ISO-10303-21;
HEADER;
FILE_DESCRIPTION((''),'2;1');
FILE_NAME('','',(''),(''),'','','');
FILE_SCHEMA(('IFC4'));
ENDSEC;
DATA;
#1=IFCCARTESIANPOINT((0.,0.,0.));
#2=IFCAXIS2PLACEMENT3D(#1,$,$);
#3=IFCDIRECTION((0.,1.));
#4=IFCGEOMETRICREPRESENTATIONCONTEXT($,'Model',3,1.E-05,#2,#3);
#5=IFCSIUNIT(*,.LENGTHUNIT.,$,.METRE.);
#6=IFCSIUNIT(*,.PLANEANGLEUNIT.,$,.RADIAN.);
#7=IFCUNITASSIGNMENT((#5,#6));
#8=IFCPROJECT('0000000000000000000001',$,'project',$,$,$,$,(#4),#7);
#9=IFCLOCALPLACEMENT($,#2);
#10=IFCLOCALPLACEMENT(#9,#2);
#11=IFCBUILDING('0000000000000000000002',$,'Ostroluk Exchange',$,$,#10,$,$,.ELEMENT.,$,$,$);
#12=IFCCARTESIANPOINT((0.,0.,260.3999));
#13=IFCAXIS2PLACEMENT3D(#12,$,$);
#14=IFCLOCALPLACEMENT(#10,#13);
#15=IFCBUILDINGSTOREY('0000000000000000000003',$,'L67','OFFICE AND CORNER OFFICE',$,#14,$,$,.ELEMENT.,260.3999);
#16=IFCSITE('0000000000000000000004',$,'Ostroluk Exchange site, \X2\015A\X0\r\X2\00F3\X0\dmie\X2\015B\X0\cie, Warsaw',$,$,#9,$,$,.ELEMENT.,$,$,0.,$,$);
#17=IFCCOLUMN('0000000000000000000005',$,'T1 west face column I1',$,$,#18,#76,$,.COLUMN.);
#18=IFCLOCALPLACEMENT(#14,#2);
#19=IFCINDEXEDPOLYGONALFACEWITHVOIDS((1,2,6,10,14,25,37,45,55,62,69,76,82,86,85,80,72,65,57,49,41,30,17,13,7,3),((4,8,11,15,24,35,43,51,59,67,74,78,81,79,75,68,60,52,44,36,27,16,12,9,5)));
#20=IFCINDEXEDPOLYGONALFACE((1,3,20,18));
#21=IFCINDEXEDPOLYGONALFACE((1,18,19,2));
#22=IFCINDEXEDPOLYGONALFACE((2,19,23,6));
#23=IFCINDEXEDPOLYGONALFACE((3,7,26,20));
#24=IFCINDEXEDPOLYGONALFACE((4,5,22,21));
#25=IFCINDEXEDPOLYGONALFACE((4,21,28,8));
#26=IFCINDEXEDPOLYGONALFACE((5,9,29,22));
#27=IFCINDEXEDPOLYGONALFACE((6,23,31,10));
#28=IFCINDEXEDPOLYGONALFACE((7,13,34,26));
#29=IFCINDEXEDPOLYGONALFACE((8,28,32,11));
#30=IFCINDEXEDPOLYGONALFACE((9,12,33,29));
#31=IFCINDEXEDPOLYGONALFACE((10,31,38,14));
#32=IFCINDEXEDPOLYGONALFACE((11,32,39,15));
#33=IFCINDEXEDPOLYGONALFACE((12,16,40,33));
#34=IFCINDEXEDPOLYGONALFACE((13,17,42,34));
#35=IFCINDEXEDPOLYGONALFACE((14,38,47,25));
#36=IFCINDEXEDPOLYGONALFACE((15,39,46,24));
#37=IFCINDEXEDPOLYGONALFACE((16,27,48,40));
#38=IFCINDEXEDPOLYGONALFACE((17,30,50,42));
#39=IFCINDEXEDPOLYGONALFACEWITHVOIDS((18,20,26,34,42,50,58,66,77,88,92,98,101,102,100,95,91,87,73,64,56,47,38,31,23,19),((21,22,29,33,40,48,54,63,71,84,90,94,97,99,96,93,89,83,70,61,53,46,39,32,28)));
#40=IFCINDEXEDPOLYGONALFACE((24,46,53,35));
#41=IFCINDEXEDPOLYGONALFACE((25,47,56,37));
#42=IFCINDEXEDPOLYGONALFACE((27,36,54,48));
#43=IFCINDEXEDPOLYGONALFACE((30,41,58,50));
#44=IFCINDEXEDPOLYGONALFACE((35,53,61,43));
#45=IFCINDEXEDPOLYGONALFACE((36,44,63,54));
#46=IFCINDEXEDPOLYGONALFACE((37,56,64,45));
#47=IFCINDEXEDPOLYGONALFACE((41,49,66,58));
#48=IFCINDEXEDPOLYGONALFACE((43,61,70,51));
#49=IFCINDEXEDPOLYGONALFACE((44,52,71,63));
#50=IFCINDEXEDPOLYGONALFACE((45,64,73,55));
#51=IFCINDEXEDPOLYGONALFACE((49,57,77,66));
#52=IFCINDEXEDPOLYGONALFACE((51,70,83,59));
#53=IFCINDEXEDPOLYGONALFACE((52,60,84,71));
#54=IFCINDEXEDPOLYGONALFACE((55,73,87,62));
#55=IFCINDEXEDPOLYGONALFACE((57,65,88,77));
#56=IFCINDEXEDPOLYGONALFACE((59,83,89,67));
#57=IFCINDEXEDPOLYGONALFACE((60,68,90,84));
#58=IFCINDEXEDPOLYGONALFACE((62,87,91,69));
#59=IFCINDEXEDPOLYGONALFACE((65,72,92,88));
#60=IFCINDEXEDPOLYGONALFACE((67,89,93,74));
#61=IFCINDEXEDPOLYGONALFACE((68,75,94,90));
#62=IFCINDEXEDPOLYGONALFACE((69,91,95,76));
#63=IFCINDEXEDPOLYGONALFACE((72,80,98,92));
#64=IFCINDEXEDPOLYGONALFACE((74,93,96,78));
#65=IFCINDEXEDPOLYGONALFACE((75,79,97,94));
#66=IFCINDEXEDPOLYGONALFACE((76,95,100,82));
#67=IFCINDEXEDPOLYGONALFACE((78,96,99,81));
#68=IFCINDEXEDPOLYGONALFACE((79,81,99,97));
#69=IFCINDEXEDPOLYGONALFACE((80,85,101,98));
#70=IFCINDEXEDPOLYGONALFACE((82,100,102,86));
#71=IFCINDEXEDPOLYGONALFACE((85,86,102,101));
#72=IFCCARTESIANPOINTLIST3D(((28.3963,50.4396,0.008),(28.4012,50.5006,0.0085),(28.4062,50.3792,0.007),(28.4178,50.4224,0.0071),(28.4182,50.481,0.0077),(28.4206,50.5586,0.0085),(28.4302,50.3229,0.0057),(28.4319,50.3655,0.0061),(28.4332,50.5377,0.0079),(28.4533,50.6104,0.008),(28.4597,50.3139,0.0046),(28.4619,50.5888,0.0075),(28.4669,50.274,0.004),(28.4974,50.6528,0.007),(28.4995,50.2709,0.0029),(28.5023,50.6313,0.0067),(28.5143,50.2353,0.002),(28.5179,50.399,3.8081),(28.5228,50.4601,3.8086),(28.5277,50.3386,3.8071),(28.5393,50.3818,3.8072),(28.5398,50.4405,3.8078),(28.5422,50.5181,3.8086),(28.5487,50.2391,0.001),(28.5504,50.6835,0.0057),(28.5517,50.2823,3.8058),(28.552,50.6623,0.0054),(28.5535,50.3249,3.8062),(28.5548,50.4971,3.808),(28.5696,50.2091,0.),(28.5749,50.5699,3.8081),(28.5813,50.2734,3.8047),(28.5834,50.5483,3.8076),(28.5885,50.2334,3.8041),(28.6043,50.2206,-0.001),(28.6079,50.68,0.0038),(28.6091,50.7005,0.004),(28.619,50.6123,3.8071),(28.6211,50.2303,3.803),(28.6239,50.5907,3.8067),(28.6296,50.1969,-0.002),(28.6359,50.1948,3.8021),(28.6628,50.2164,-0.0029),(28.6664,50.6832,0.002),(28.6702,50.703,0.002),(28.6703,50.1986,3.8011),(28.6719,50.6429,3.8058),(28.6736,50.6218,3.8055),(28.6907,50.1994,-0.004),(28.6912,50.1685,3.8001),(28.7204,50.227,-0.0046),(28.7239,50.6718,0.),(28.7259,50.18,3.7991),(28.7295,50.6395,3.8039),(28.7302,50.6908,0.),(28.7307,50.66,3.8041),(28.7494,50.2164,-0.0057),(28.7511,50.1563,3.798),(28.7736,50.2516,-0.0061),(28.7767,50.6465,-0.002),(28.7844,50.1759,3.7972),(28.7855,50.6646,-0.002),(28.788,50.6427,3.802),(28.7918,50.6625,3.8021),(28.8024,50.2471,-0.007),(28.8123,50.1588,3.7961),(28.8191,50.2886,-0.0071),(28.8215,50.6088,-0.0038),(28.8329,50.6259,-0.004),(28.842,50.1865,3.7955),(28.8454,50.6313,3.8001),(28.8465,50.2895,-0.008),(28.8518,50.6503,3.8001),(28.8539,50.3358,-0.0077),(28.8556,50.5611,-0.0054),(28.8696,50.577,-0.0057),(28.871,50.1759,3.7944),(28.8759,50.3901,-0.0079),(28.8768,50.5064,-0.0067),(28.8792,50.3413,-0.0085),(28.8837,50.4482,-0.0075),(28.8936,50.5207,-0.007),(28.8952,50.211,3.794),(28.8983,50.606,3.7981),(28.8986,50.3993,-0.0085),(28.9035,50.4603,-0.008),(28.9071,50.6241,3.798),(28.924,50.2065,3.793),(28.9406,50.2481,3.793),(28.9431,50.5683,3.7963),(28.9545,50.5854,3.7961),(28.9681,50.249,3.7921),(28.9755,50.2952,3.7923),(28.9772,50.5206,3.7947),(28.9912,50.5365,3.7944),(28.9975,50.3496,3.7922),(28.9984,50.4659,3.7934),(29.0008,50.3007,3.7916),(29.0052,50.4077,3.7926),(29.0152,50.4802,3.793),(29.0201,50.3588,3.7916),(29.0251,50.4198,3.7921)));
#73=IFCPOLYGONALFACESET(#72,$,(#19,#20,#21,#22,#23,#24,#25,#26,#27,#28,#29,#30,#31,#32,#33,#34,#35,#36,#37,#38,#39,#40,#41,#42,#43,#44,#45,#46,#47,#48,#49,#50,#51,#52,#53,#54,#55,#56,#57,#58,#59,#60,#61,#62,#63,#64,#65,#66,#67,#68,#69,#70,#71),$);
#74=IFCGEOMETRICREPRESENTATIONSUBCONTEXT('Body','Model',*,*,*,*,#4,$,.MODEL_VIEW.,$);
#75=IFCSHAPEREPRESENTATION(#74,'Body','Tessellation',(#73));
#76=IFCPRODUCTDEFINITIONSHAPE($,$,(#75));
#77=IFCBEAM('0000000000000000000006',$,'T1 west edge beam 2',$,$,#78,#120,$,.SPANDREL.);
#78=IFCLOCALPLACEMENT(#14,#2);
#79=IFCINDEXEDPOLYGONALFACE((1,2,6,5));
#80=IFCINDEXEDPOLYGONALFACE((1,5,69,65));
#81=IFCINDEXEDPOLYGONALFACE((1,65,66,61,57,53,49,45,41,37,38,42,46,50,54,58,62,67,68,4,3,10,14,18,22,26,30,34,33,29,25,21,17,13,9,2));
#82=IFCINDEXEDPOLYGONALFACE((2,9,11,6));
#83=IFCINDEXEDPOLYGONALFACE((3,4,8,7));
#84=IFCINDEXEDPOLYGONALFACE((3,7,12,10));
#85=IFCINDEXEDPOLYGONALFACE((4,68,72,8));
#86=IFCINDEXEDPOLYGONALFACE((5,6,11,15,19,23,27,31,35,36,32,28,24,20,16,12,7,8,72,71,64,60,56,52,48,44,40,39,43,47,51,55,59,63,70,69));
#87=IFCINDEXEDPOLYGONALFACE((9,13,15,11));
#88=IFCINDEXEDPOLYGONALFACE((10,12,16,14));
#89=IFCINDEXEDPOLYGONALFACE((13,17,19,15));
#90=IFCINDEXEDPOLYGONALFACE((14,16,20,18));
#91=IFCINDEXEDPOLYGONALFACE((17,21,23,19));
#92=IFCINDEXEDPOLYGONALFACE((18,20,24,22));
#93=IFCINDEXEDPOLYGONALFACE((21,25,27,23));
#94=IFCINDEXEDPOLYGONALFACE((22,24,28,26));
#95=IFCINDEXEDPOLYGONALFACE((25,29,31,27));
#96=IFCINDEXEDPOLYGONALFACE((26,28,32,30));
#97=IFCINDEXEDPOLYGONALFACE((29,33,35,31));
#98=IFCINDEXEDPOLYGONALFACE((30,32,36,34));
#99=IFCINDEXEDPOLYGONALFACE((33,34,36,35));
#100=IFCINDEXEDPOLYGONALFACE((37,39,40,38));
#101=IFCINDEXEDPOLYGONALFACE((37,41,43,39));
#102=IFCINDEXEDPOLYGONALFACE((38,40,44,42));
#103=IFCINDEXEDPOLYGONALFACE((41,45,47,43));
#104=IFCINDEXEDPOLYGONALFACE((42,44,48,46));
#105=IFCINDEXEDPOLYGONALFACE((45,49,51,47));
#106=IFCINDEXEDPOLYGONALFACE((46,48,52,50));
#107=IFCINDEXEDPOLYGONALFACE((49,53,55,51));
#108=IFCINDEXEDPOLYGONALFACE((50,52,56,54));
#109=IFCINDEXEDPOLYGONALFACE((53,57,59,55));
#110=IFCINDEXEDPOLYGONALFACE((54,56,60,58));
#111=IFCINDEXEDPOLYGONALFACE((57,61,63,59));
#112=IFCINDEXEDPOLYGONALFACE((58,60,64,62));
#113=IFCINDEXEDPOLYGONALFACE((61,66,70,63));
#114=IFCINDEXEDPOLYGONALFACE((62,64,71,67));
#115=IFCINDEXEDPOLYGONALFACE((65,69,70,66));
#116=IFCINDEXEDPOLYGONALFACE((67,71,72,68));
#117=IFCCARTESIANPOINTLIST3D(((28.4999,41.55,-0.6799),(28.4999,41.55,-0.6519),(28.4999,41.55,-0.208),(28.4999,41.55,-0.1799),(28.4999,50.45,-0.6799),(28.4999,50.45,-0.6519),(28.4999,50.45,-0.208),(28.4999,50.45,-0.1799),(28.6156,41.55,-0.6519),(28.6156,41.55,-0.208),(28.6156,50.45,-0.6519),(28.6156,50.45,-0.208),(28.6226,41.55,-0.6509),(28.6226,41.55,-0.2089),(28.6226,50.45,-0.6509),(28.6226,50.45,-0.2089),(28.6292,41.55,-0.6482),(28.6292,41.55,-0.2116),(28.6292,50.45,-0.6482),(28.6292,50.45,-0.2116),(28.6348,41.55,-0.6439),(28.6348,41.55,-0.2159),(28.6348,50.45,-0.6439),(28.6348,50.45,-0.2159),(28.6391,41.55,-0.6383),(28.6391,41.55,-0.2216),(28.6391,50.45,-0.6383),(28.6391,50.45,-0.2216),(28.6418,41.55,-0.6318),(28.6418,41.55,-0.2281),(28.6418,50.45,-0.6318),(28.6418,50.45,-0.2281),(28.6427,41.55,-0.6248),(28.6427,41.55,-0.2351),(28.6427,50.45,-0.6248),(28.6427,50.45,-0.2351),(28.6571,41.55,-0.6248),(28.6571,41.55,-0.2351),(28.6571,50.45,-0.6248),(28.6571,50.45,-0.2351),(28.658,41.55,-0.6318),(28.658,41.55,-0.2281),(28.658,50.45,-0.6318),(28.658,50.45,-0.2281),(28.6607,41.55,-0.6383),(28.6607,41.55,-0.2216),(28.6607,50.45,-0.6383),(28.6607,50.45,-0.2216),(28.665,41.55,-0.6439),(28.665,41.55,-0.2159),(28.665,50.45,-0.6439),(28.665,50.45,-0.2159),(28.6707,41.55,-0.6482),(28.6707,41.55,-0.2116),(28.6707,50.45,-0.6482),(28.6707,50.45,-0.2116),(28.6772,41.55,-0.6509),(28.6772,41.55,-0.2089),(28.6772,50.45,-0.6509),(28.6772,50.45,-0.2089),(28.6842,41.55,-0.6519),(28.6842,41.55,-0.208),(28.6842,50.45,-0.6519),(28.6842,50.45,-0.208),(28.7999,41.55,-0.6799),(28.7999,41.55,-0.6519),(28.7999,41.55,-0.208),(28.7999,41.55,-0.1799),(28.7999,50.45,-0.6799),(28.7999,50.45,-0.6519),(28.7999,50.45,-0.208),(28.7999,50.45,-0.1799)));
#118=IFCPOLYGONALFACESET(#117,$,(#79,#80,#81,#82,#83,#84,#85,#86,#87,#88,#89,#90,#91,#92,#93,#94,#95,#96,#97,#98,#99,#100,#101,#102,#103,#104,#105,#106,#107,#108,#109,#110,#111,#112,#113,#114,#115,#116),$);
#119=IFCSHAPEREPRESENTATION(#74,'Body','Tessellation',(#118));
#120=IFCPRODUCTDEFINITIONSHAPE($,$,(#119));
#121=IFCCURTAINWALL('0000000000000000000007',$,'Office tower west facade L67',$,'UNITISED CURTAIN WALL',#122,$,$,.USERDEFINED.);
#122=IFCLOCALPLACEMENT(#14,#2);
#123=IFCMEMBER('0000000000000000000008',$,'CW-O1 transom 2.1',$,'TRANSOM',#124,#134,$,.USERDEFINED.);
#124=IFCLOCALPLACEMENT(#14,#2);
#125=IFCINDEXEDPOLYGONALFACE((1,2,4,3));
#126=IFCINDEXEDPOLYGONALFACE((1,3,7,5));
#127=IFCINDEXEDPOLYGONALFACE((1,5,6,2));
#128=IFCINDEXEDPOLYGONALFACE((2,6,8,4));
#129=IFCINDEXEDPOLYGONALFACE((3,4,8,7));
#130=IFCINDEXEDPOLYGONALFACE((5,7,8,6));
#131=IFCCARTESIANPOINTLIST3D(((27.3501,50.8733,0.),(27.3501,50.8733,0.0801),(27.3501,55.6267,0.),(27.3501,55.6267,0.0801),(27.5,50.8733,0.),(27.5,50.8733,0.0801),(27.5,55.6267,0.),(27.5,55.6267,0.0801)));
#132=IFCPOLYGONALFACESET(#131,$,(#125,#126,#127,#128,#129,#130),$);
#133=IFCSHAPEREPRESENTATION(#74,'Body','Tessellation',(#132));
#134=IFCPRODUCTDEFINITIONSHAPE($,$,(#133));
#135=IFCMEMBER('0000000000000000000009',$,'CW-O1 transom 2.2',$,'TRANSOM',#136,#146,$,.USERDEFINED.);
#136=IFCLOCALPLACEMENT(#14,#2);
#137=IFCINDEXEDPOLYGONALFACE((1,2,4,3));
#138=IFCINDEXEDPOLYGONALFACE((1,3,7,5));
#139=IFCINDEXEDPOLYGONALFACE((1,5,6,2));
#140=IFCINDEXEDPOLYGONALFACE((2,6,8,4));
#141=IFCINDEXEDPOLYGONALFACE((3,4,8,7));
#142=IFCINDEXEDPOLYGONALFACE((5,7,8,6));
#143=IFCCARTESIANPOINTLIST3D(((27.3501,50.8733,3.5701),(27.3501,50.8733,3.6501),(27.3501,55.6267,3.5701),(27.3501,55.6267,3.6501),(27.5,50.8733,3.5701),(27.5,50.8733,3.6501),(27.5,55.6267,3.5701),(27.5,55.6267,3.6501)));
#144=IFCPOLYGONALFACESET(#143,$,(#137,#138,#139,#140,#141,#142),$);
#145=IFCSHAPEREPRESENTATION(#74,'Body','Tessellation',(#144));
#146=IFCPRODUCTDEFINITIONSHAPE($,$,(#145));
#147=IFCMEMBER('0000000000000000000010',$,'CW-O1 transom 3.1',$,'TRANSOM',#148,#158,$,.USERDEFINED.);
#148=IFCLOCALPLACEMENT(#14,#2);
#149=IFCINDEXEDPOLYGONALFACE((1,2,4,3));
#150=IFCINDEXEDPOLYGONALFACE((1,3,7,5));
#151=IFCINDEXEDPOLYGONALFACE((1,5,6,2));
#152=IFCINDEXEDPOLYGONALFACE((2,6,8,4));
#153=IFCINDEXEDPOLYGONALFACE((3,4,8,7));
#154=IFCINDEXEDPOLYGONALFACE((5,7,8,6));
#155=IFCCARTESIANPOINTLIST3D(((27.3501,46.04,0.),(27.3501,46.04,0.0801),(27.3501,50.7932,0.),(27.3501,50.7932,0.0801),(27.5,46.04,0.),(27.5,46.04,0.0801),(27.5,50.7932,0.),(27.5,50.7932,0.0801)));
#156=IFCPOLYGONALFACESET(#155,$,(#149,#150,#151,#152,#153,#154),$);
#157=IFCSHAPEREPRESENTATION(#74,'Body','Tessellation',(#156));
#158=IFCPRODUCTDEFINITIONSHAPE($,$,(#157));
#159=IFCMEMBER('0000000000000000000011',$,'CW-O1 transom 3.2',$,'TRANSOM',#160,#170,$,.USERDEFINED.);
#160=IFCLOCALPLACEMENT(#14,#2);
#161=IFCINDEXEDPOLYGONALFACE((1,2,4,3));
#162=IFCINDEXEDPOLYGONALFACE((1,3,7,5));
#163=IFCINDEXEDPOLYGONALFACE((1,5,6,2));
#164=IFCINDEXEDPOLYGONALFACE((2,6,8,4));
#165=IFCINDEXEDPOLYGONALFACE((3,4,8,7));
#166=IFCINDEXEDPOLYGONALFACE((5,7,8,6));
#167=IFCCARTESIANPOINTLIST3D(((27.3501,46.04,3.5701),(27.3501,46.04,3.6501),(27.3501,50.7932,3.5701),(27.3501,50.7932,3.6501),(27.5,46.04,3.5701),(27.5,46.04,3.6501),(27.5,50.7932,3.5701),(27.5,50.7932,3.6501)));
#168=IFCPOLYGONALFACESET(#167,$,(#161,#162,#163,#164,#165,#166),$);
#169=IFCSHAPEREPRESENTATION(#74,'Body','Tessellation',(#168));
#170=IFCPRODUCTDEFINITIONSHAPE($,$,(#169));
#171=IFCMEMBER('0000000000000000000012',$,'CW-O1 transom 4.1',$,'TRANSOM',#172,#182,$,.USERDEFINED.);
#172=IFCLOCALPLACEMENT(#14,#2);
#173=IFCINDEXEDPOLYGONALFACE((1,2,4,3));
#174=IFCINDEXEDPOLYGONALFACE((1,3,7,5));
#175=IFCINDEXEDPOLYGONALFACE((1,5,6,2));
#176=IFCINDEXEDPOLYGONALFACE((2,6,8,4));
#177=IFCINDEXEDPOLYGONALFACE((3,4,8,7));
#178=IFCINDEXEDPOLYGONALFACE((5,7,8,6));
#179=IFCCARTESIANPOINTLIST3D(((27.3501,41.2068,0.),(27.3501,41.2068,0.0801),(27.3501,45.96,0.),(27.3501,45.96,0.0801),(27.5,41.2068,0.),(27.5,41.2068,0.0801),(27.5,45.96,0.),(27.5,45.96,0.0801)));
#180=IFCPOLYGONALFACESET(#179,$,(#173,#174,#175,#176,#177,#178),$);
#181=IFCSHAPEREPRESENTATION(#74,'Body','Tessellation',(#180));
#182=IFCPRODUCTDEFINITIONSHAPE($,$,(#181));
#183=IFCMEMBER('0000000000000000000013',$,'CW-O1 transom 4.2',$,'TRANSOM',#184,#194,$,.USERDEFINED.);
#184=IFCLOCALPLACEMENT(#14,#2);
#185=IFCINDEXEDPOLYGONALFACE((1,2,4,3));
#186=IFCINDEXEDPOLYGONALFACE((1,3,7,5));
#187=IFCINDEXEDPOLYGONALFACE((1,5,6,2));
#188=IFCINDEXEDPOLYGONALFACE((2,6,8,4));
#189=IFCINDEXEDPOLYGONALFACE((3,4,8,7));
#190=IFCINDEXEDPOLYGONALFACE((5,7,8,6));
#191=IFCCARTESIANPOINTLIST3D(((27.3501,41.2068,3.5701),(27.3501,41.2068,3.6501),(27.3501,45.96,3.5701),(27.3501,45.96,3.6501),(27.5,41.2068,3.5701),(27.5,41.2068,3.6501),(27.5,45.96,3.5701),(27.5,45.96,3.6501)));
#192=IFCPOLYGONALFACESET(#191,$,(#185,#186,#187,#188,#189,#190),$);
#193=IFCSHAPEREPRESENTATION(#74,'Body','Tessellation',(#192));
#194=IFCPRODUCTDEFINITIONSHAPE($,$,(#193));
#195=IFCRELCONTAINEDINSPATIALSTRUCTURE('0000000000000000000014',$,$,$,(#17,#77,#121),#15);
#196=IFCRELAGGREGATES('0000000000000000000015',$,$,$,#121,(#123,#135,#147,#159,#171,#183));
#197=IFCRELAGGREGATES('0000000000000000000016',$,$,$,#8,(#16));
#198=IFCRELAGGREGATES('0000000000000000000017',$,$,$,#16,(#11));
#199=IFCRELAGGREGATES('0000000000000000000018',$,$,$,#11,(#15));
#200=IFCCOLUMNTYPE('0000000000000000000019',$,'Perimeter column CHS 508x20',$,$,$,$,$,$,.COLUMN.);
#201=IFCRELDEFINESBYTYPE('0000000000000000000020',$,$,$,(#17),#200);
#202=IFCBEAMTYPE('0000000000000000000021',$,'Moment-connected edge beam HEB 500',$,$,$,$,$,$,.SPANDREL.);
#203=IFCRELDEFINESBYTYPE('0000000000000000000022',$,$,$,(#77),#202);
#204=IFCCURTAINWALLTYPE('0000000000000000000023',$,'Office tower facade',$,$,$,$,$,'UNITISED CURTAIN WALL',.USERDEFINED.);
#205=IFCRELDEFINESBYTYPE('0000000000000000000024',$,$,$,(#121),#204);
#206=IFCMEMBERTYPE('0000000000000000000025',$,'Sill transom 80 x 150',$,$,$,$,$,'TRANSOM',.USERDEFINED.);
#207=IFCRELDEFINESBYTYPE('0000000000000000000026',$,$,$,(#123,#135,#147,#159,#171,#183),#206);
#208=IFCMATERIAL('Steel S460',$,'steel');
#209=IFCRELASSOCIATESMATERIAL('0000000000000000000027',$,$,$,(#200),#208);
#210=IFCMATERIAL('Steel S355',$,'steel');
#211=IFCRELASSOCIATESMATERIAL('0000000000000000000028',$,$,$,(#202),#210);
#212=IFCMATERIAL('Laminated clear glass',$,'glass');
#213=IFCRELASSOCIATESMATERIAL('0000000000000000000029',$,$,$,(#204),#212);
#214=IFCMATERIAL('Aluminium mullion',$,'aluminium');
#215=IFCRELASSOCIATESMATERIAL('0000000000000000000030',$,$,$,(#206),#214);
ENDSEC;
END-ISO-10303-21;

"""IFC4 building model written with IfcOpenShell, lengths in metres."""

from ifc_helpers import new_model, si_unit, direction, frame, origin, origin_2d, place, context, subcontext, project, spatial, rectangle, hollow_circle, i_section, extrude, material, material_profile, profile_set, type_object, element, aggregate, save


model = new_model("IFC4")

# Units and contexts
model_context = context("Model", 3, precision=1e-05, world=origin(), true_north=direction((0.0, 1.0)))
body_context = subcontext(model_context, "Body", "Model", "MODEL_VIEW")
ifc_project = project(units=[si_unit("LENGTHUNIT", "METRE"), si_unit("PLANEANGLEUNIT", "RADIAN")], contexts=[model_context])

# Site, building, storey
site_placement = place(None, origin())
site = spatial("IfcSite", under=ifc_project, at=site_placement, Name="Ostroluk Exchange site, Śródmieście, Warsaw", CompositionType="ELEMENT", RefElevation=0.0)
building_placement = place(site_placement, origin())
building = spatial("IfcBuilding", under=site, at=building_placement, Name="Ostroluk Exchange", CompositionType="ELEMENT")
storey_placement = place(building_placement, frame((0.0, 0.0, 260.3999)))
storey = spatial("IfcBuildingStorey", under=building, at=storey_placement, Name="L67", Description="OFFICE AND CORNER OFFICE", CompositionType="ELEMENT", Elevation=260.3999)

# Column
ifc_material_1 = material(Name="Steel S460", Category="steel")
ifc_material_profile_1 = material_profile(ifc_material_1, hollow_circle(Radius=0.2539, WallThickness=0.02, at=origin_2d()), Name="CHS 508x20")
ifc_profile_set_1 = profile_set([ifc_material_profile_1], Name="Steel S460")
column_type = type_object("IfcColumnType", Name="Perimeter column CHS 508x20", PredefinedType="COLUMN", material=ifc_profile_set_1)
column_placement = place(storey_placement, frame((28.6499, 50.45, 0.0), z_axis=(0.031977, -0.010659, 0.999432), x_axis=(0.316228, 0.948683, 0.0)))
element("IfcColumn", 1, at=column_placement, inside=storey, type_object=column_type, Name="T1 west face column I1", PredefinedType="COLUMN", context=body_context, shape_type="SweptSolid", body=[
    extrude(hollow_circle(Radius=0.2539, WallThickness=0.02, at=origin_2d()), origin(), (0.0, 0.0, 1.0), 3.8022),
])

# Beam
ifc_material_2 = material(Name="Steel S355", Category="steel")
ifc_material_profile_2 = material_profile(ifc_material_2, i_section(OverallWidth=0.3, OverallDepth=0.5, WebThickness=0.0144, FlangeThickness=0.0281, FilletRadius=0.0271, at=origin_2d()), Name="HEB 500")
ifc_profile_set_2 = profile_set([ifc_material_profile_2], Name="Steel S355")
beam_type = type_object("IfcBeamType", Name="Moment-connected edge beam HEB 500", PredefinedType="SPANDREL", material=ifc_profile_set_2)
beam_placement = place(storey_placement, frame((28.6499, 50.45, -0.4299), z_axis=(0.0, -1.0, 0.0), x_axis=(1.0, 0.0, 0.0)))
element("IfcBeam", 2, at=beam_placement, inside=storey, type_object=beam_type, Name="T1 west edge beam 2", PredefinedType="SPANDREL", context=body_context, shape_type="SweptSolid", body=[
    extrude(i_section(OverallWidth=0.3, OverallDepth=0.5, WebThickness=0.0144, FlangeThickness=0.0281, FilletRadius=0.0271, at=origin_2d()), origin(), (0.0, 0.0, 1.0), 8.8999),
])

# Curtain wall, members
ifc_material_3 = material(Name="Laminated clear glass", Category="glass")
curtain_wall_type = type_object("IfcCurtainWallType", Name="Office tower facade", ElementType="UNITISED CURTAIN WALL", PredefinedType="USERDEFINED", material=ifc_material_3)
curtain_wall_placement = place(storey_placement, origin())
curtain_wall = element("IfcCurtainWall", 3, at=curtain_wall_placement, inside=storey, type_object=curtain_wall_type, Name="Office tower west facade L67", ObjectType="UNITISED CURTAIN WALL", PredefinedType="USERDEFINED")
ifc_material_4 = material(Name="Aluminium mullion", Category="aluminium")
ifc_material_profile_3 = material_profile(ifc_material_4, rectangle(XDim=0.1499, YDim=0.0801, at=origin_2d()), Name="Sill transom 80 x 150")
ifc_profile_set_3 = profile_set([ifc_material_profile_3], Name="Aluminium mullion")
member_type_1 = type_object("IfcMemberType", Name="Sill transom 80 x 150", ElementType="TRANSOM", PredefinedType="USERDEFINED", material=ifc_profile_set_3)
member_1_placement = place(storey_placement, frame((27.425, 55.6267, 0.04), z_axis=(0.0, -1.0, 0.0), x_axis=(1.0, 0.0, 0.0)))
member_1 = element("IfcMember", 4, at=member_1_placement, type_object=member_type_1, Name="CW-O1 transom 2.1", ObjectType="TRANSOM", PredefinedType="USERDEFINED", context=body_context, shape_type="SweptSolid", body=[
    extrude(rectangle(XDim=0.1499, YDim=0.0801, at=origin_2d()), origin(), (0.0, 0.0, 1.0), 4.7534),
])
member_2_placement = place(storey_placement, frame((27.425, 55.6267, 3.6101), z_axis=(0.0, -1.0, 0.0), x_axis=(1.0, 0.0, 0.0)))
member_2 = element("IfcMember", 5, at=member_2_placement, type_object=member_type_1, Name="CW-O1 transom 2.2", ObjectType="TRANSOM", PredefinedType="USERDEFINED", context=body_context, shape_type="SweptSolid", body=[
    extrude(rectangle(XDim=0.1499, YDim=0.0801, at=origin_2d()), origin(), (0.0, 0.0, 1.0), 4.7534),
])
member_3_placement = place(storey_placement, frame((27.425, 50.7932, 0.04), z_axis=(0.0, -1.0, 0.0), x_axis=(1.0, 0.0, 0.0)))
member_3 = element("IfcMember", 6, at=member_3_placement, type_object=member_type_1, Name="CW-O1 transom 3.1", ObjectType="TRANSOM", PredefinedType="USERDEFINED", context=body_context, shape_type="SweptSolid", body=[
    extrude(rectangle(XDim=0.1499, YDim=0.0801, at=origin_2d()), origin(), (0.0, 0.0, 1.0), 4.7532),
])
member_4_placement = place(storey_placement, frame((27.425, 50.7932, 3.6101), z_axis=(0.0, -1.0, 0.0), x_axis=(1.0, 0.0, 0.0)))
member_4 = element("IfcMember", 7, at=member_4_placement, type_object=member_type_1, Name="CW-O1 transom 3.2", ObjectType="TRANSOM", PredefinedType="USERDEFINED", context=body_context, shape_type="SweptSolid", body=[
    extrude(rectangle(XDim=0.1499, YDim=0.0801, at=origin_2d()), origin(), (0.0, 0.0, 1.0), 4.7532),
])
member_5_placement = place(storey_placement, frame((27.425, 45.96, 0.04), z_axis=(0.0, -1.0, 0.0), x_axis=(1.0, 0.0, 0.0)))
member_5 = element("IfcMember", 8, at=member_5_placement, type_object=member_type_1, Name="CW-O1 transom 4.1", ObjectType="TRANSOM", PredefinedType="USERDEFINED", context=body_context, shape_type="SweptSolid", body=[
    extrude(rectangle(XDim=0.1499, YDim=0.0801, at=origin_2d()), origin(), (0.0, 0.0, 1.0), 4.7532),
])
member_6_placement = place(storey_placement, frame((27.425, 45.96, 3.6101), z_axis=(0.0, -1.0, 0.0), x_axis=(1.0, 0.0, 0.0)))
member_6 = element("IfcMember", 9, at=member_6_placement, type_object=member_type_1, Name="CW-O1 transom 4.2", ObjectType="TRANSOM", PredefinedType="USERDEFINED", context=body_context, shape_type="SweptSolid", body=[
    extrude(rectangle(XDim=0.1499, YDim=0.0801, at=origin_2d()), origin(), (0.0, 0.0, 1.0), 4.7532),
])
aggregate(curtain_wall, [member_1, member_2, member_3, member_4, member_5, member_6])

save(model, "model.ifc")
